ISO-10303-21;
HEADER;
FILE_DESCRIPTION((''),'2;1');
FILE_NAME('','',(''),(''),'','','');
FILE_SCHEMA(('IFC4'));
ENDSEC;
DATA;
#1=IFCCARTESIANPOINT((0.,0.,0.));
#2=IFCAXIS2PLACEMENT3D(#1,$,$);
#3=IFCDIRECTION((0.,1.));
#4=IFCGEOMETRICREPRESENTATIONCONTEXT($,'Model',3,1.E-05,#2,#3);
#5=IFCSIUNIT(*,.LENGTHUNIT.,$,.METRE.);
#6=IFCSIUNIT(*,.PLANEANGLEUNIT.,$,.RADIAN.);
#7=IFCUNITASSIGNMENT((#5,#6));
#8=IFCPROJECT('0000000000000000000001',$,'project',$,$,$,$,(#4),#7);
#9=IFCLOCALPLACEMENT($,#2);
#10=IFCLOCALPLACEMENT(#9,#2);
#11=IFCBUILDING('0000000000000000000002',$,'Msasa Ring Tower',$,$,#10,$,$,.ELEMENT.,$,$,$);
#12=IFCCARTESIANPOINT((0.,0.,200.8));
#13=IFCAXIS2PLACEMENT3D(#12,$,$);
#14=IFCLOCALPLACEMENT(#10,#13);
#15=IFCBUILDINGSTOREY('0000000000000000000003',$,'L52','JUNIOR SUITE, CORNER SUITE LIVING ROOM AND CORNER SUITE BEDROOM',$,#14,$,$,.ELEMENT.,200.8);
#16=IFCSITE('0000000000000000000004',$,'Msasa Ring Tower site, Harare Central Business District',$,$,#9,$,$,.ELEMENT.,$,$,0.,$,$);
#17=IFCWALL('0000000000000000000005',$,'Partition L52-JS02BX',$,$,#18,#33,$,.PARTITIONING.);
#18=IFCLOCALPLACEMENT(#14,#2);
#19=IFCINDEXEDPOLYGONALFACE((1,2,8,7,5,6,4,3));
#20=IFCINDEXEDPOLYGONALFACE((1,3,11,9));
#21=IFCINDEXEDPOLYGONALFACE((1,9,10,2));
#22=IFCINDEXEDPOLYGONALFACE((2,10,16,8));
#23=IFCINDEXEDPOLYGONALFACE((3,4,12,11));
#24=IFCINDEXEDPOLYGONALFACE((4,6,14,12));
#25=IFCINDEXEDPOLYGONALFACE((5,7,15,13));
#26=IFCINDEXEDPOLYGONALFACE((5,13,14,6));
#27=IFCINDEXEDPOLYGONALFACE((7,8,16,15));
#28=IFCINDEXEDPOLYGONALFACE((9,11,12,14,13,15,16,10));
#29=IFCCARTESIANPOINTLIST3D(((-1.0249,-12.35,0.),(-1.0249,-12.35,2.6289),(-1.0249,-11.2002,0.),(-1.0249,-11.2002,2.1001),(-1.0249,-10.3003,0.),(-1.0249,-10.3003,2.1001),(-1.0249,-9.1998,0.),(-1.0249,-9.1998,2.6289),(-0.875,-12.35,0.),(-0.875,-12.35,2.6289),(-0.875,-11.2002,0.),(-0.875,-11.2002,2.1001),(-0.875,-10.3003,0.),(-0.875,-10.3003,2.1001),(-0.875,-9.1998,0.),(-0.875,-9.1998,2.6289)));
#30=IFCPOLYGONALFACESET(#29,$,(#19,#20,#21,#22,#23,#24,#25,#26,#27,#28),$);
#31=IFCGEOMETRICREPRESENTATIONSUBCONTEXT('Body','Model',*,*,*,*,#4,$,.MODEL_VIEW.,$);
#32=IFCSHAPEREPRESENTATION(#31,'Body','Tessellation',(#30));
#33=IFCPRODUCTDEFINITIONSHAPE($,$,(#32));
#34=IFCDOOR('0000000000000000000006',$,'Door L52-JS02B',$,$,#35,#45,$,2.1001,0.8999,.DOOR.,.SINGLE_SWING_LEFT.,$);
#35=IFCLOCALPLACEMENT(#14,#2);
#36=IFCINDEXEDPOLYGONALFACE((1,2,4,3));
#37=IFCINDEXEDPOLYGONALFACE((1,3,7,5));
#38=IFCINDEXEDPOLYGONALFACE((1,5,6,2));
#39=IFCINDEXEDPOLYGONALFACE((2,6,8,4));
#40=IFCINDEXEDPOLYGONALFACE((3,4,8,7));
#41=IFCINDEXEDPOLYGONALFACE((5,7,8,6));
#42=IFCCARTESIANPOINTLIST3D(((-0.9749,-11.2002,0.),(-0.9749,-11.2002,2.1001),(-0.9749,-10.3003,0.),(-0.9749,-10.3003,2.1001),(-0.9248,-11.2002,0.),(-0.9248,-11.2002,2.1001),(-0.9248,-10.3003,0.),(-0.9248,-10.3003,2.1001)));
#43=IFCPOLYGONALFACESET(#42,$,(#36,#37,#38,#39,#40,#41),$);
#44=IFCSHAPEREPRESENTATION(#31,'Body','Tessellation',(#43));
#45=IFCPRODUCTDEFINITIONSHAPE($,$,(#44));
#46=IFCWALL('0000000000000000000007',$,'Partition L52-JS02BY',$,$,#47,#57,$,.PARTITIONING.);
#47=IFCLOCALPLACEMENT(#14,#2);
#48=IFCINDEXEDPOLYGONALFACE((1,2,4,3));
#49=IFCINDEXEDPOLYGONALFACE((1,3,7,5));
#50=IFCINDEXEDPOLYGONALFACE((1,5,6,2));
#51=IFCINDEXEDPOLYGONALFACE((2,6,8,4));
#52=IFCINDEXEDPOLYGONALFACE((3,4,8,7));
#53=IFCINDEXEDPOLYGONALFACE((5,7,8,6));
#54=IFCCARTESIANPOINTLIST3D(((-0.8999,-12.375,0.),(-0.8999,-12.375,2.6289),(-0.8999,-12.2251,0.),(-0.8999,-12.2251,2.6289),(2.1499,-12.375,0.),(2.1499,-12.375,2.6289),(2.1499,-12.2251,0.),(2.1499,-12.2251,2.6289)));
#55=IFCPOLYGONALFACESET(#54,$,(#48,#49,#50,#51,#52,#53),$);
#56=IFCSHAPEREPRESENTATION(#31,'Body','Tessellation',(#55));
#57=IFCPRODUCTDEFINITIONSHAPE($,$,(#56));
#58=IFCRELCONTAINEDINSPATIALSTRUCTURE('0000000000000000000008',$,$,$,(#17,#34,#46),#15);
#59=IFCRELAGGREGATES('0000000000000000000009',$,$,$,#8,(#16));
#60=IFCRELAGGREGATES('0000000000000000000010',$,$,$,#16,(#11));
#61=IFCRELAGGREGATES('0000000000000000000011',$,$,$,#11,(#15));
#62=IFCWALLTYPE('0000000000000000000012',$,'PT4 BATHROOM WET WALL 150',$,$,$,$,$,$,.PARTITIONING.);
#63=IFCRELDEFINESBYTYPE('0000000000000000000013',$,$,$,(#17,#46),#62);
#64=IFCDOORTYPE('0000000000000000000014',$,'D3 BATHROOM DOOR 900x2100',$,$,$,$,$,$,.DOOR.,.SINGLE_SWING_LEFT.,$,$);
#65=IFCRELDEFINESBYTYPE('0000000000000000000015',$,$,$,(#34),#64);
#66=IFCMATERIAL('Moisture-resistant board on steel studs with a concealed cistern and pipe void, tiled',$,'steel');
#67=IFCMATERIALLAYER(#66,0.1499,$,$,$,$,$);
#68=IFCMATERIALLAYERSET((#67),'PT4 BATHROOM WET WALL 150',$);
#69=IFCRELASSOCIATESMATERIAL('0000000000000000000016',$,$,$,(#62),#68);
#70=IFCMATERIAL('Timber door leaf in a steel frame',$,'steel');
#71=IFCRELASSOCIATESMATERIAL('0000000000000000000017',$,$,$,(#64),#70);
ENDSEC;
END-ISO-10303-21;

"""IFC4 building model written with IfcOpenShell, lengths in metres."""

from ifc_helpers import new_model, si_unit, direction, frame, frame_2d, origin, place, context, subcontext, project, spatial, rectangle, extrude, material, layer, layer_set, type_object, element, fill, save


model = new_model("IFC4")

# Units and contexts
model_context = context("Model", 3, precision=1e-05, world=origin(), true_north=direction((0.0, 1.0)))
body_context = subcontext(model_context, "Body", "Model", "MODEL_VIEW")
ifc_project = project(units=[si_unit("LENGTHUNIT", "METRE"), si_unit("PLANEANGLEUNIT", "RADIAN")], contexts=[model_context])

# Site, building, storey
site_placement = place(None, origin())
site = spatial("IfcSite", under=ifc_project, at=site_placement, Name="Msasa Ring Tower site, Harare Central Business District", CompositionType="ELEMENT", RefElevation=0.0)
building_placement = place(site_placement, origin())
building = spatial("IfcBuilding", under=site, at=building_placement, Name="Msasa Ring Tower", CompositionType="ELEMENT")
storey_placement = place(building_placement, frame((0.0, 0.0, 200.8)))
storey = spatial("IfcBuildingStorey", under=building, at=storey_placement, Name="L52", Description="JUNIOR SUITE, CORNER SUITE LIVING ROOM AND CORNER SUITE BEDROOM", CompositionType="ELEMENT", Elevation=200.8)

# Shared definitions
ifc_material_1 = material(Name="Moisture-resistant board on steel studs with a concealed cistern and pipe void, tiled", Category="steel")
ifc_layer_1 = layer(ifc_material_1, 0.1499)
ifc_layer_set_1 = layer_set([ifc_layer_1], Name="PT4 BATHROOM WET WALL 150")
wall_type_1 = type_object("IfcWallType", Name="PT4 BATHROOM WET WALL 150", PredefinedType="PARTITIONING", material=ifc_layer_set_1)
ifc_material_2 = material(Name="Timber door leaf in a steel frame", Category="steel")
door_type = type_object("IfcDoorType", Name="D3 BATHROOM DOOR 900x2100", OperationType="SINGLE_SWING_LEFT", PredefinedType="DOOR", material=ifc_material_2)

# Wall, opening, door
wall_1_placement = place(storey_placement, frame((-0.95, -12.3501, 0.0), z_axis=(0.0, 0.0, 1.0), x_axis=(0.0, 1.0, 0.0)))
wall_1 = element("IfcWall", 1, at=wall_1_placement, inside=storey, type_object=wall_type_1, Name="Partition L52-JS02BX", PredefinedType="PARTITIONING", context=body_context, shape_type="SweptSolid", body=[
    extrude(rectangle(XDim=3.1501, YDim=0.1499, at=frame_2d((1.5752, 0.0))), origin(), (0.0, 0.0, 1.0), 2.6289),
])
opening_1_placement = place(wall_1_placement, frame((1.1499, 0.0, 0.0)))
opening_1 = element("IfcOpeningElement", 2, at=opening_1_placement, cuts=wall_1, PredefinedType="OPENING", context=body_context, shape_type="SweptSolid", body=[
    extrude(rectangle(XDim=0.8999, YDim=2.1001, at=frame_2d((0.45, 1.05))), frame((0.0, 0.085, 0.0), z_axis=(0.0, -1.0, 0.0), x_axis=(1.0, 0.0, 0.0)), (0.0, 0.0, 1.0), 0.1699),
])
door_1_placement = place(opening_1_placement, origin())
door_1 = element("IfcDoor", 3, at=door_1_placement, inside=storey, type_object=door_type, Name="Door L52-JS02B", OperationType="SINGLE_SWING_LEFT", OverallHeight=2.1001, OverallWidth=0.8999, PredefinedType="DOOR", context=body_context, shape_type="SweptSolid", body=[
    extrude(rectangle(XDim=0.8999, YDim=2.1001, at=frame_2d((0.45, 1.05))), frame((0.0, 0.0249, 0.0), z_axis=(0.0, -1.0, 0.0), x_axis=(1.0, 0.0, 0.0)), (0.0, 0.0, 1.0), 0.05),
])
fill(opening_1, door_1)

# Wall
wall_2_placement = place(storey_placement, frame((-0.8999, -12.3, 0.0), z_axis=(0.0, 0.0, 1.0), x_axis=(1.0, 0.0, 0.0)))
element("IfcWall", 4, at=wall_2_placement, inside=storey, type_object=wall_type_1, Name="Partition L52-JS02BY", PredefinedType="PARTITIONING", context=body_context, shape_type="SweptSolid", body=[
    extrude(rectangle(XDim=3.0498, YDim=0.1499, at=frame_2d((1.5249, 0.0))), origin(), (0.0, 0.0, 1.0), 2.6289),
])

save(model, "model.ifc")
